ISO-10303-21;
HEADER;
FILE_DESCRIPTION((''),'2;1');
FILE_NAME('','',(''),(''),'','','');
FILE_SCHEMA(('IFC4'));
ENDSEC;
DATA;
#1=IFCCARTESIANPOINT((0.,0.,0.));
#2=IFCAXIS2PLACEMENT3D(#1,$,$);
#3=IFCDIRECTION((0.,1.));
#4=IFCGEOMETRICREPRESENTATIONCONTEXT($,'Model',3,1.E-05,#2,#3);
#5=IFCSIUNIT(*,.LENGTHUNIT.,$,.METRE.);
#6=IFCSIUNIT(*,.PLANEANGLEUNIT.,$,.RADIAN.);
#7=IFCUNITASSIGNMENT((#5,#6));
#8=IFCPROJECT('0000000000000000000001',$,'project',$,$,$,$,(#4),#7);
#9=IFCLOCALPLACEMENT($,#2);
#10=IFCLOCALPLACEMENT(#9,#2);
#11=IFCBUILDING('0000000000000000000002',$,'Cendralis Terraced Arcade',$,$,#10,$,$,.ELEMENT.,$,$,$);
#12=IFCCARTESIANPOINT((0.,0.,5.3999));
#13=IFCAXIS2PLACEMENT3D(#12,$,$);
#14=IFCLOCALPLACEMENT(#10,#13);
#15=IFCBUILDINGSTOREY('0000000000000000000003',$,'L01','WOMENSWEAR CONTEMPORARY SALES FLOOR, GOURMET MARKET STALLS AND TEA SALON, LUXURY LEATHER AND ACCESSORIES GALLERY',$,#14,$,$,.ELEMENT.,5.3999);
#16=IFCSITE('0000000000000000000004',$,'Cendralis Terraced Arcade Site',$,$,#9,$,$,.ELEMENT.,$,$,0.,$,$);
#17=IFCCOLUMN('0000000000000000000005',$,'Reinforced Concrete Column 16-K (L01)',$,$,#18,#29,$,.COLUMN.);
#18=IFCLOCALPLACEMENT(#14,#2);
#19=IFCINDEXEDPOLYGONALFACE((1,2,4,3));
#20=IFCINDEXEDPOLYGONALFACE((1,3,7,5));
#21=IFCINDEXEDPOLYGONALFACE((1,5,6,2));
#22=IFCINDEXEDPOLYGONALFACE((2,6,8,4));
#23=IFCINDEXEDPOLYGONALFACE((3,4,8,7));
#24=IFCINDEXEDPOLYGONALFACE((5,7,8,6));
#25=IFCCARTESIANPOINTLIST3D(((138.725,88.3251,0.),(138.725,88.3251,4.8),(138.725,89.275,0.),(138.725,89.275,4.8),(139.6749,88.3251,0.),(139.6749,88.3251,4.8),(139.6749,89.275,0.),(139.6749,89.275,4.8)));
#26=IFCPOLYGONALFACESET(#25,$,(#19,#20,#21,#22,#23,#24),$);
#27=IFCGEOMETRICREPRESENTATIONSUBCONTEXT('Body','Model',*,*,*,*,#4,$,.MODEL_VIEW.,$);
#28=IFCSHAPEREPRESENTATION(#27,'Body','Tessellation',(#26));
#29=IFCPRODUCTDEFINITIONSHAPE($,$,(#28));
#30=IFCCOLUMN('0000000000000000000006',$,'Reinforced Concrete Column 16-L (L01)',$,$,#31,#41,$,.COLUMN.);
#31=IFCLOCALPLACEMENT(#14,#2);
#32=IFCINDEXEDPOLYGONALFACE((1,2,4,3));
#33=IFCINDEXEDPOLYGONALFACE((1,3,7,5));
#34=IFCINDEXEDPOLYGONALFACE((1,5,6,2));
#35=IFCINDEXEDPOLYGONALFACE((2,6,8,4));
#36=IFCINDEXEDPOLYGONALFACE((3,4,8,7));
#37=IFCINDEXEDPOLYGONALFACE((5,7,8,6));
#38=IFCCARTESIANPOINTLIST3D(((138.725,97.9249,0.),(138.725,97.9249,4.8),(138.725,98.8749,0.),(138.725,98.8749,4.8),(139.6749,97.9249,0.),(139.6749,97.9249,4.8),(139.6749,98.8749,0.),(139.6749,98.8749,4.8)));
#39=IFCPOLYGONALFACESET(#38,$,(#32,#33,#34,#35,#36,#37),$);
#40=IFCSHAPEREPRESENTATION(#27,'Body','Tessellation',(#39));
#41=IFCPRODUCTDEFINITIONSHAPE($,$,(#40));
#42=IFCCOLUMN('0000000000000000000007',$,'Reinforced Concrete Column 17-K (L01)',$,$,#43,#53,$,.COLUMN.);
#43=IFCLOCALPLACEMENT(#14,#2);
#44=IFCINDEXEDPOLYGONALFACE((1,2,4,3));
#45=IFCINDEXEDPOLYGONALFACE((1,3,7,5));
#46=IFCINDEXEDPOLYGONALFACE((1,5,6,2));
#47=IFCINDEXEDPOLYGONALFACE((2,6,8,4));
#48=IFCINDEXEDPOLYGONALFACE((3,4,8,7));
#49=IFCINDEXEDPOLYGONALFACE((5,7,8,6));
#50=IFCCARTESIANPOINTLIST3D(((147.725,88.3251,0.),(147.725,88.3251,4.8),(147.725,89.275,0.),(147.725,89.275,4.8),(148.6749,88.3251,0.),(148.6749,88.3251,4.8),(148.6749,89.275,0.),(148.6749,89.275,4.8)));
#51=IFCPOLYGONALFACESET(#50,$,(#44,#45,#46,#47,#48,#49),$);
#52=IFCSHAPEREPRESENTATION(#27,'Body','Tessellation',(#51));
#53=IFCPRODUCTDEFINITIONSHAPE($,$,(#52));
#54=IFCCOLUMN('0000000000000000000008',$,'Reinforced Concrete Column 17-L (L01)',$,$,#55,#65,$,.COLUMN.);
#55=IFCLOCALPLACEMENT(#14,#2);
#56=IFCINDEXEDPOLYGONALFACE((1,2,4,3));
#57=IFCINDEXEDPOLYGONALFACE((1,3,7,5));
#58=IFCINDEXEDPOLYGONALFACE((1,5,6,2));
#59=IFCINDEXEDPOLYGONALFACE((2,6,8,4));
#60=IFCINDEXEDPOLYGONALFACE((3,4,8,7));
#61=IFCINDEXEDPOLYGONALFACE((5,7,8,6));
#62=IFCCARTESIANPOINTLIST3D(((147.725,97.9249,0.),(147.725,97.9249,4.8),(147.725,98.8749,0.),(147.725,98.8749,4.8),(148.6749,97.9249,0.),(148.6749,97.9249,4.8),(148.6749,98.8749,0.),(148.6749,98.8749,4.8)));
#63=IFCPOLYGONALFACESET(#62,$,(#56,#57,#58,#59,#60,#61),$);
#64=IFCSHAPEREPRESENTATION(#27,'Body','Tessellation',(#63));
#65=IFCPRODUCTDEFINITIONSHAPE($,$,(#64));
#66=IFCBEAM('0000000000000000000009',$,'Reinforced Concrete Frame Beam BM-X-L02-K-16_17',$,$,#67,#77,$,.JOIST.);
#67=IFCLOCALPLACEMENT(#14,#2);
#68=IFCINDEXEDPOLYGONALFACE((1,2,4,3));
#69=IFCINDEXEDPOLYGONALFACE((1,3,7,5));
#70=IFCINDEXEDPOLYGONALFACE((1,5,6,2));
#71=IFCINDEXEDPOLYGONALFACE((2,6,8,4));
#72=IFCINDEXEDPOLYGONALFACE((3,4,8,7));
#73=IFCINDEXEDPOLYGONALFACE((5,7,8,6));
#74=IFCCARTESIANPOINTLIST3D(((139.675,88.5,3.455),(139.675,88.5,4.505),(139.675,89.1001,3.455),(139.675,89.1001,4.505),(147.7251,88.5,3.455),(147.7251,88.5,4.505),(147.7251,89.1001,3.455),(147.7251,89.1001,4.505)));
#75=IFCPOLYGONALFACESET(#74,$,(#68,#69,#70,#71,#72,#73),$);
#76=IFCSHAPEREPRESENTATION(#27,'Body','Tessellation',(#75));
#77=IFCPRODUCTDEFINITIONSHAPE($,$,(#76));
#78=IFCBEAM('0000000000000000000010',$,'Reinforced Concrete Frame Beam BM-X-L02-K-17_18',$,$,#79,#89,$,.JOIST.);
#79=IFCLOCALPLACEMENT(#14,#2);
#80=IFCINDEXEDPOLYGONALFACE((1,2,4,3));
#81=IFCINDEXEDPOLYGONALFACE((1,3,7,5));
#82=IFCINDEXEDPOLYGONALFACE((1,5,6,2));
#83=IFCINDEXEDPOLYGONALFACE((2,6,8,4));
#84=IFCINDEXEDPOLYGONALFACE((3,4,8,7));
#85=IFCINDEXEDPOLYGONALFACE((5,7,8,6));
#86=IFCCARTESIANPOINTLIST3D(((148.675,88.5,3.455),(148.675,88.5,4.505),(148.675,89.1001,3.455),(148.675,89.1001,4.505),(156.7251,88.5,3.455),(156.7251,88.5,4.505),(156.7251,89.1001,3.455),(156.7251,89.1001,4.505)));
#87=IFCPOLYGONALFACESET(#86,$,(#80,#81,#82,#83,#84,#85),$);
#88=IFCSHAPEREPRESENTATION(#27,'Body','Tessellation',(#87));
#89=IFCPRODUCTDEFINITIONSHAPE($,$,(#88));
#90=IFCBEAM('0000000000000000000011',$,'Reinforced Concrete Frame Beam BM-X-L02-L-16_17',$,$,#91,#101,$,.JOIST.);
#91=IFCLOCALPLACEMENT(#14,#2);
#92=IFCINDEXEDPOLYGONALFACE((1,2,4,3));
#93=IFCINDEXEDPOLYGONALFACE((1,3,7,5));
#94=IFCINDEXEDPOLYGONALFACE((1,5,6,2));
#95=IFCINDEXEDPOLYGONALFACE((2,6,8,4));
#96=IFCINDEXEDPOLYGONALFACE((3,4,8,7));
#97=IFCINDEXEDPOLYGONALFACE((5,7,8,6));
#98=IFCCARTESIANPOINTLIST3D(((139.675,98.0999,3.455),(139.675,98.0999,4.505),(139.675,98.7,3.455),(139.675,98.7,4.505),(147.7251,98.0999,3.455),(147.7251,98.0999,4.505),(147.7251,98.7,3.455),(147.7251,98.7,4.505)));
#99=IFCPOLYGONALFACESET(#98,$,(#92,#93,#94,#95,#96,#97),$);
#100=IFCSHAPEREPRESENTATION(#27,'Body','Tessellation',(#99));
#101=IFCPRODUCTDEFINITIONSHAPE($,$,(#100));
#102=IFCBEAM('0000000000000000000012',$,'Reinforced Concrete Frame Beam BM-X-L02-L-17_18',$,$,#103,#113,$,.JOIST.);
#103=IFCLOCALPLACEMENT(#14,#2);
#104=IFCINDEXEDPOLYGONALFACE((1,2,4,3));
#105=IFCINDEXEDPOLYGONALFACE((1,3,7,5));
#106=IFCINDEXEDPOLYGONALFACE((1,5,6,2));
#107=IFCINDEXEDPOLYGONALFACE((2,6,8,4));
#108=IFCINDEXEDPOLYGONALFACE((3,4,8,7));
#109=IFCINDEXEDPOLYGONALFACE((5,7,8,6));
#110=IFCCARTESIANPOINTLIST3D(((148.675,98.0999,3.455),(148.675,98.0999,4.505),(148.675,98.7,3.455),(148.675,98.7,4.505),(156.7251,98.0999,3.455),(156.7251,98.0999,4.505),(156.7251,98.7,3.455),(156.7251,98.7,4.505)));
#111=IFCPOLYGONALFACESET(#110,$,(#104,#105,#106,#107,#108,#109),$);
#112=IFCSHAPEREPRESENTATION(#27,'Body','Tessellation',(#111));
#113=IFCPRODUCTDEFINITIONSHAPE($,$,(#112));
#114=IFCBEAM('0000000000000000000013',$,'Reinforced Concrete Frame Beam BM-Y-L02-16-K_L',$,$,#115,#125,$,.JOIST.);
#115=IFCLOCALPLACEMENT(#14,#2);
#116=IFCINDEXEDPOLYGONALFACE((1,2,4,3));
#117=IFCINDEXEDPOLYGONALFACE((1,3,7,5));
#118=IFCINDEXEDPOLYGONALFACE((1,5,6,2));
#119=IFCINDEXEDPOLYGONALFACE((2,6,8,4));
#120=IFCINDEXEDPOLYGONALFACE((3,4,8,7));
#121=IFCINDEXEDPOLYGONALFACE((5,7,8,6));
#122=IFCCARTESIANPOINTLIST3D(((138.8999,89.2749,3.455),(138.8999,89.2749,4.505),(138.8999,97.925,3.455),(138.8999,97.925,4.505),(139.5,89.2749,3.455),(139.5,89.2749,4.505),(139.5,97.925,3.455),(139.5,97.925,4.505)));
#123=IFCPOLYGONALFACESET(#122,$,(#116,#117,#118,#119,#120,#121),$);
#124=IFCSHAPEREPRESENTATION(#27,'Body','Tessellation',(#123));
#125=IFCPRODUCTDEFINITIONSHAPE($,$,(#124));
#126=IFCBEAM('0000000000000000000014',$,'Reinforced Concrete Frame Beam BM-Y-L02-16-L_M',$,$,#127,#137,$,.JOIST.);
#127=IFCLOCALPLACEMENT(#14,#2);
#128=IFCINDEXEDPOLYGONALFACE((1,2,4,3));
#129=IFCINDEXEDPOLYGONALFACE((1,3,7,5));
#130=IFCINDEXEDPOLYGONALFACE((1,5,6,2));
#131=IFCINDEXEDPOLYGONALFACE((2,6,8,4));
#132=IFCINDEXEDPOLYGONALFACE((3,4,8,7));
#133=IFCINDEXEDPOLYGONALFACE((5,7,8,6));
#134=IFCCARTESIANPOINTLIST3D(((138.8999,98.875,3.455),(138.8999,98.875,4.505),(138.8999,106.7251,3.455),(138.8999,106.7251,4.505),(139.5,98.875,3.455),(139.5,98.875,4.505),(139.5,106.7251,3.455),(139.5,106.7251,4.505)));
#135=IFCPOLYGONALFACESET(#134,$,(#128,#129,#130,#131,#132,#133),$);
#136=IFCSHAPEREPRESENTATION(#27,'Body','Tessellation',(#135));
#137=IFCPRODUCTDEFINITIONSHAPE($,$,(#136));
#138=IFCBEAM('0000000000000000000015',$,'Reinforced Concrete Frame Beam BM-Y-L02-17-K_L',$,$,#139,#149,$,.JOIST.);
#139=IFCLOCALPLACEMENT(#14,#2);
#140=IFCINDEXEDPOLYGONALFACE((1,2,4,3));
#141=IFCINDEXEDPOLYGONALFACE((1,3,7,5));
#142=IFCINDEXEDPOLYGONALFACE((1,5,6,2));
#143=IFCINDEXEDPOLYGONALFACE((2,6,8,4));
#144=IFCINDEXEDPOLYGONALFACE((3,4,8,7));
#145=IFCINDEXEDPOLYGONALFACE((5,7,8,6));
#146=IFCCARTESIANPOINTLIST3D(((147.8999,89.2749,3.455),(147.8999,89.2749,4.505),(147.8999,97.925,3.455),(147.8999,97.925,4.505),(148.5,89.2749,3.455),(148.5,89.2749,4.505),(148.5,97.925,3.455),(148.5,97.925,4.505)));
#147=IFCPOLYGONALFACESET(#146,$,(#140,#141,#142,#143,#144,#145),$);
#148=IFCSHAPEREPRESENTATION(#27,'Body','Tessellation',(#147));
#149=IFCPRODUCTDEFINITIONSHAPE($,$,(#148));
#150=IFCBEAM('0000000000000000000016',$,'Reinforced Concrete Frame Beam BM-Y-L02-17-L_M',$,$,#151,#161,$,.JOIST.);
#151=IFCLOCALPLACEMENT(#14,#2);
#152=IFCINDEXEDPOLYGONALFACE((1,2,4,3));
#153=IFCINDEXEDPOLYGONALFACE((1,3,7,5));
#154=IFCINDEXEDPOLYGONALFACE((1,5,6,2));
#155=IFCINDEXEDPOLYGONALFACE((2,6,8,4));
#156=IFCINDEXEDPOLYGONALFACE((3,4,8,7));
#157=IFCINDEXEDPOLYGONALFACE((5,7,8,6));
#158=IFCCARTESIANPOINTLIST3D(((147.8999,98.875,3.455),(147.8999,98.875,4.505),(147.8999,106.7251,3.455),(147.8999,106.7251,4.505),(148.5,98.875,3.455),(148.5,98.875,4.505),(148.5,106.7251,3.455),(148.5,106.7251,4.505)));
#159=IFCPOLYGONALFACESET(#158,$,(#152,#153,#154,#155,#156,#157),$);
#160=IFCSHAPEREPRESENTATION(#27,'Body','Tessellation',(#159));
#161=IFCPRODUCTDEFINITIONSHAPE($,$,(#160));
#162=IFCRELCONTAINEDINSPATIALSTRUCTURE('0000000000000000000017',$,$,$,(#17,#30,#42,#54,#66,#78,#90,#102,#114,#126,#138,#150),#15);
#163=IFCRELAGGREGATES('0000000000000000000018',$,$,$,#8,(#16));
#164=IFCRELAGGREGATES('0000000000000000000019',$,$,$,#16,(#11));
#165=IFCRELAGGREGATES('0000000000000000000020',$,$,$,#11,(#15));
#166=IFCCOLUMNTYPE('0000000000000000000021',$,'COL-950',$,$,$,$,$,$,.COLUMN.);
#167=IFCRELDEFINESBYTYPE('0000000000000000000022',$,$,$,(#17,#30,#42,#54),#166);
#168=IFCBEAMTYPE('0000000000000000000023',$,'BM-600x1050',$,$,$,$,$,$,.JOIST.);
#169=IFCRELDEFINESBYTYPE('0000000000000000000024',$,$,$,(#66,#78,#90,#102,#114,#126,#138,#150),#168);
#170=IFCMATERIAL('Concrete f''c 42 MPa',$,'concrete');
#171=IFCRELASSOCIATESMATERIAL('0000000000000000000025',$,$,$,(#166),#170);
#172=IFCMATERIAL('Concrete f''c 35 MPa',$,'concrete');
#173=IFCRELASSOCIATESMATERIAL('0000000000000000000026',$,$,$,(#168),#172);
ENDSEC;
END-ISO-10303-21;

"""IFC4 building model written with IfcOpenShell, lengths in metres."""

from ifc_helpers import new_model, si_unit, direction, frame, origin, origin_2d, place, context, subcontext, project, spatial, rectangle, extrude, material, material_profile, profile_set, type_object, element, save


model = new_model("IFC4")

# Units and contexts
model_context = context("Model", 3, precision=1e-05, world=origin(), true_north=direction((0.0, 1.0)))
body_context = subcontext(model_context, "Body", "Model", "MODEL_VIEW")
ifc_project = project(units=[si_unit("LENGTHUNIT", "METRE"), si_unit("PLANEANGLEUNIT", "RADIAN")], contexts=[model_context])

# Site, building, storey
site_placement = place(None, origin())
site = spatial("IfcSite", under=ifc_project, at=site_placement, Name="Cendralis Terraced Arcade Site", CompositionType="ELEMENT", RefElevation=0.0)
building_placement = place(site_placement, origin())
building = spatial("IfcBuilding", under=site, at=building_placement, Name="Cendralis Terraced Arcade", CompositionType="ELEMENT")
storey_placement = place(building_placement, frame((0.0, 0.0, 5.3999)))
storey = spatial("IfcBuildingStorey", under=building, at=storey_placement, Name="L01", Description="WOMENSWEAR CONTEMPORARY SALES FLOOR, GOURMET MARKET STALLS AND TEA SALON, LUXURY LEATHER AND ACCESSORIES GALLERY", CompositionType="ELEMENT", Elevation=5.3999)

# Columns
ifc_material_1 = material(Name="Concrete f'c 42 MPa", Category="concrete")
ifc_material_profile_1 = material_profile(ifc_material_1, rectangle(XDim=0.95, YDim=0.95, at=origin_2d()), Name="RC-COL-950x950", Category="LoadBearing")
ifc_profile_set_1 = profile_set([ifc_material_profile_1], Name="Concrete f'c 42 MPa")
column_type = type_object("IfcColumnType", Name="COL-950", PredefinedType="COLUMN", material=ifc_profile_set_1)
for number, where, z_axis, x_axis, name in (
    (1, (139.2, 88.8, 0.0), (0.0, 0.0, 1.0), (1.0, 0.0, 0.0), "Reinforced Concrete Column 16-K (L01)"),
    (2, (139.2, 98.3999, 0.0), (0.0, 0.0, 1.0), (1.0, 0.0, 0.0), "Reinforced Concrete Column 16-L (L01)"),
    (3, (148.2, 88.8, 0.0), (0.0, 0.0, 1.0), (1.0, 0.0, 0.0), "Reinforced Concrete Column 17-K (L01)"),
    (4, (148.2, 98.3999, 0.0), (0.0, 0.0, 1.0), (1.0, 0.0, 0.0), "Reinforced Concrete Column 17-L (L01)"),
):
    element("IfcColumn", number, at=place(storey_placement, frame(where, z_axis=z_axis, x_axis=x_axis)), inside=storey, type_object=column_type, Name=name, PredefinedType="COLUMN", context=body_context, shape_type="SweptSolid", body=[
        extrude(rectangle(XDim=0.95, YDim=0.95, at=origin_2d()), origin(), (0.0, 0.0, 1.0), 4.8),
    ])

# Beams
ifc_material_2 = material(Name="Concrete f'c 35 MPa", Category="concrete")
ifc_material_profile_2 = material_profile(ifc_material_2, rectangle(XDim=0.6001, YDim=1.05, at=origin_2d()), Name="RC-BM-600x1050", Category="LoadBearing")
ifc_profile_set_2 = profile_set([ifc_material_profile_2], Name="Concrete f'c 35 MPa")
beam_type = type_object("IfcBeamType", Name="BM-600x1050", PredefinedType="JOIST", material=ifc_profile_set_2)
for number, where, z_axis, x_axis, name in (
    (5, (139.675, 88.8, 3.98), (1.0, 0.0, 0.0), (0.0, 1.0, 0.0), "Reinforced Concrete Frame Beam BM-X-L02-K-16_17"),
    (6, (148.675, 88.8, 3.98), (1.0, 0.0, 0.0), (0.0, 1.0, 0.0), "Reinforced Concrete Frame Beam BM-X-L02-K-17_18"),
    (7, (139.675, 98.3999, 3.98), (1.0, 0.0, 0.0), (0.0, 1.0, 0.0), "Reinforced Concrete Frame Beam BM-X-L02-L-16_17"),
    (8, (148.675, 98.3999, 3.98), (1.0, 0.0, 0.0), (0.0, 1.0, 0.0), "Reinforced Concrete Frame Beam BM-X-L02-L-17_18"),
):
    element("IfcBeam", number, at=place(storey_placement, frame(where, z_axis=z_axis, x_axis=x_axis)), inside=storey, type_object=beam_type, Name=name, PredefinedType="JOIST", context=body_context, shape_type="SweptSolid", body=[
        extrude(rectangle(XDim=0.6001, YDim=1.05, at=origin_2d()), origin(), (0.0, 0.0, 1.0), 8.05),
    ])
beam_1_placement = place(storey_placement, frame((139.2, 89.2749, 3.98), z_axis=(0.0, 1.0, 0.0), x_axis=(-1.0, 0.0, 0.0)))
element("IfcBeam", 9, at=beam_1_placement, inside=storey, type_object=beam_type, Name="Reinforced Concrete Frame Beam BM-Y-L02-16-K_L", PredefinedType="JOIST", context=body_context, shape_type="SweptSolid", body=[
    extrude(rectangle(XDim=0.6001, YDim=1.05, at=origin_2d()), origin(), (0.0, 0.0, 1.0), 8.6501),
])
beam_2_placement = place(storey_placement, frame((139.2, 98.875, 3.98), z_axis=(0.0, 1.0, 0.0), x_axis=(-1.0, 0.0, 0.0)))
element("IfcBeam", 10, at=beam_2_placement, inside=storey, type_object=beam_type, Name="Reinforced Concrete Frame Beam BM-Y-L02-16-L_M", PredefinedType="JOIST", context=body_context, shape_type="SweptSolid", body=[
    extrude(rectangle(XDim=0.6001, YDim=1.05, at=origin_2d()), origin(), (0.0, 0.0, 1.0), 7.8501),
])
beam_3_placement = place(storey_placement, frame((148.2, 89.2749, 3.98), z_axis=(0.0, 1.0, 0.0), x_axis=(-1.0, 0.0, 0.0)))
element("IfcBeam", 11, at=beam_3_placement, inside=storey, type_object=beam_type, Name="Reinforced Concrete Frame Beam BM-Y-L02-17-K_L", PredefinedType="JOIST", context=body_context, shape_type="SweptSolid", body=[
    extrude(rectangle(XDim=0.6001, YDim=1.05, at=origin_2d()), origin(), (0.0, 0.0, 1.0), 8.6501),
])
beam_4_placement = place(storey_placement, frame((148.2, 98.875, 3.98), z_axis=(0.0, 1.0, 0.0), x_axis=(-1.0, 0.0, 0.0)))
element("IfcBeam", 12, at=beam_4_placement, inside=storey, type_object=beam_type, Name="Reinforced Concrete Frame Beam BM-Y-L02-17-L_M", PredefinedType="JOIST", context=body_context, shape_type="SweptSolid", body=[
    extrude(rectangle(XDim=0.6001, YDim=1.05, at=origin_2d()), origin(), (0.0, 0.0, 1.0), 7.8501),
])

save(model, "model.ifc")
